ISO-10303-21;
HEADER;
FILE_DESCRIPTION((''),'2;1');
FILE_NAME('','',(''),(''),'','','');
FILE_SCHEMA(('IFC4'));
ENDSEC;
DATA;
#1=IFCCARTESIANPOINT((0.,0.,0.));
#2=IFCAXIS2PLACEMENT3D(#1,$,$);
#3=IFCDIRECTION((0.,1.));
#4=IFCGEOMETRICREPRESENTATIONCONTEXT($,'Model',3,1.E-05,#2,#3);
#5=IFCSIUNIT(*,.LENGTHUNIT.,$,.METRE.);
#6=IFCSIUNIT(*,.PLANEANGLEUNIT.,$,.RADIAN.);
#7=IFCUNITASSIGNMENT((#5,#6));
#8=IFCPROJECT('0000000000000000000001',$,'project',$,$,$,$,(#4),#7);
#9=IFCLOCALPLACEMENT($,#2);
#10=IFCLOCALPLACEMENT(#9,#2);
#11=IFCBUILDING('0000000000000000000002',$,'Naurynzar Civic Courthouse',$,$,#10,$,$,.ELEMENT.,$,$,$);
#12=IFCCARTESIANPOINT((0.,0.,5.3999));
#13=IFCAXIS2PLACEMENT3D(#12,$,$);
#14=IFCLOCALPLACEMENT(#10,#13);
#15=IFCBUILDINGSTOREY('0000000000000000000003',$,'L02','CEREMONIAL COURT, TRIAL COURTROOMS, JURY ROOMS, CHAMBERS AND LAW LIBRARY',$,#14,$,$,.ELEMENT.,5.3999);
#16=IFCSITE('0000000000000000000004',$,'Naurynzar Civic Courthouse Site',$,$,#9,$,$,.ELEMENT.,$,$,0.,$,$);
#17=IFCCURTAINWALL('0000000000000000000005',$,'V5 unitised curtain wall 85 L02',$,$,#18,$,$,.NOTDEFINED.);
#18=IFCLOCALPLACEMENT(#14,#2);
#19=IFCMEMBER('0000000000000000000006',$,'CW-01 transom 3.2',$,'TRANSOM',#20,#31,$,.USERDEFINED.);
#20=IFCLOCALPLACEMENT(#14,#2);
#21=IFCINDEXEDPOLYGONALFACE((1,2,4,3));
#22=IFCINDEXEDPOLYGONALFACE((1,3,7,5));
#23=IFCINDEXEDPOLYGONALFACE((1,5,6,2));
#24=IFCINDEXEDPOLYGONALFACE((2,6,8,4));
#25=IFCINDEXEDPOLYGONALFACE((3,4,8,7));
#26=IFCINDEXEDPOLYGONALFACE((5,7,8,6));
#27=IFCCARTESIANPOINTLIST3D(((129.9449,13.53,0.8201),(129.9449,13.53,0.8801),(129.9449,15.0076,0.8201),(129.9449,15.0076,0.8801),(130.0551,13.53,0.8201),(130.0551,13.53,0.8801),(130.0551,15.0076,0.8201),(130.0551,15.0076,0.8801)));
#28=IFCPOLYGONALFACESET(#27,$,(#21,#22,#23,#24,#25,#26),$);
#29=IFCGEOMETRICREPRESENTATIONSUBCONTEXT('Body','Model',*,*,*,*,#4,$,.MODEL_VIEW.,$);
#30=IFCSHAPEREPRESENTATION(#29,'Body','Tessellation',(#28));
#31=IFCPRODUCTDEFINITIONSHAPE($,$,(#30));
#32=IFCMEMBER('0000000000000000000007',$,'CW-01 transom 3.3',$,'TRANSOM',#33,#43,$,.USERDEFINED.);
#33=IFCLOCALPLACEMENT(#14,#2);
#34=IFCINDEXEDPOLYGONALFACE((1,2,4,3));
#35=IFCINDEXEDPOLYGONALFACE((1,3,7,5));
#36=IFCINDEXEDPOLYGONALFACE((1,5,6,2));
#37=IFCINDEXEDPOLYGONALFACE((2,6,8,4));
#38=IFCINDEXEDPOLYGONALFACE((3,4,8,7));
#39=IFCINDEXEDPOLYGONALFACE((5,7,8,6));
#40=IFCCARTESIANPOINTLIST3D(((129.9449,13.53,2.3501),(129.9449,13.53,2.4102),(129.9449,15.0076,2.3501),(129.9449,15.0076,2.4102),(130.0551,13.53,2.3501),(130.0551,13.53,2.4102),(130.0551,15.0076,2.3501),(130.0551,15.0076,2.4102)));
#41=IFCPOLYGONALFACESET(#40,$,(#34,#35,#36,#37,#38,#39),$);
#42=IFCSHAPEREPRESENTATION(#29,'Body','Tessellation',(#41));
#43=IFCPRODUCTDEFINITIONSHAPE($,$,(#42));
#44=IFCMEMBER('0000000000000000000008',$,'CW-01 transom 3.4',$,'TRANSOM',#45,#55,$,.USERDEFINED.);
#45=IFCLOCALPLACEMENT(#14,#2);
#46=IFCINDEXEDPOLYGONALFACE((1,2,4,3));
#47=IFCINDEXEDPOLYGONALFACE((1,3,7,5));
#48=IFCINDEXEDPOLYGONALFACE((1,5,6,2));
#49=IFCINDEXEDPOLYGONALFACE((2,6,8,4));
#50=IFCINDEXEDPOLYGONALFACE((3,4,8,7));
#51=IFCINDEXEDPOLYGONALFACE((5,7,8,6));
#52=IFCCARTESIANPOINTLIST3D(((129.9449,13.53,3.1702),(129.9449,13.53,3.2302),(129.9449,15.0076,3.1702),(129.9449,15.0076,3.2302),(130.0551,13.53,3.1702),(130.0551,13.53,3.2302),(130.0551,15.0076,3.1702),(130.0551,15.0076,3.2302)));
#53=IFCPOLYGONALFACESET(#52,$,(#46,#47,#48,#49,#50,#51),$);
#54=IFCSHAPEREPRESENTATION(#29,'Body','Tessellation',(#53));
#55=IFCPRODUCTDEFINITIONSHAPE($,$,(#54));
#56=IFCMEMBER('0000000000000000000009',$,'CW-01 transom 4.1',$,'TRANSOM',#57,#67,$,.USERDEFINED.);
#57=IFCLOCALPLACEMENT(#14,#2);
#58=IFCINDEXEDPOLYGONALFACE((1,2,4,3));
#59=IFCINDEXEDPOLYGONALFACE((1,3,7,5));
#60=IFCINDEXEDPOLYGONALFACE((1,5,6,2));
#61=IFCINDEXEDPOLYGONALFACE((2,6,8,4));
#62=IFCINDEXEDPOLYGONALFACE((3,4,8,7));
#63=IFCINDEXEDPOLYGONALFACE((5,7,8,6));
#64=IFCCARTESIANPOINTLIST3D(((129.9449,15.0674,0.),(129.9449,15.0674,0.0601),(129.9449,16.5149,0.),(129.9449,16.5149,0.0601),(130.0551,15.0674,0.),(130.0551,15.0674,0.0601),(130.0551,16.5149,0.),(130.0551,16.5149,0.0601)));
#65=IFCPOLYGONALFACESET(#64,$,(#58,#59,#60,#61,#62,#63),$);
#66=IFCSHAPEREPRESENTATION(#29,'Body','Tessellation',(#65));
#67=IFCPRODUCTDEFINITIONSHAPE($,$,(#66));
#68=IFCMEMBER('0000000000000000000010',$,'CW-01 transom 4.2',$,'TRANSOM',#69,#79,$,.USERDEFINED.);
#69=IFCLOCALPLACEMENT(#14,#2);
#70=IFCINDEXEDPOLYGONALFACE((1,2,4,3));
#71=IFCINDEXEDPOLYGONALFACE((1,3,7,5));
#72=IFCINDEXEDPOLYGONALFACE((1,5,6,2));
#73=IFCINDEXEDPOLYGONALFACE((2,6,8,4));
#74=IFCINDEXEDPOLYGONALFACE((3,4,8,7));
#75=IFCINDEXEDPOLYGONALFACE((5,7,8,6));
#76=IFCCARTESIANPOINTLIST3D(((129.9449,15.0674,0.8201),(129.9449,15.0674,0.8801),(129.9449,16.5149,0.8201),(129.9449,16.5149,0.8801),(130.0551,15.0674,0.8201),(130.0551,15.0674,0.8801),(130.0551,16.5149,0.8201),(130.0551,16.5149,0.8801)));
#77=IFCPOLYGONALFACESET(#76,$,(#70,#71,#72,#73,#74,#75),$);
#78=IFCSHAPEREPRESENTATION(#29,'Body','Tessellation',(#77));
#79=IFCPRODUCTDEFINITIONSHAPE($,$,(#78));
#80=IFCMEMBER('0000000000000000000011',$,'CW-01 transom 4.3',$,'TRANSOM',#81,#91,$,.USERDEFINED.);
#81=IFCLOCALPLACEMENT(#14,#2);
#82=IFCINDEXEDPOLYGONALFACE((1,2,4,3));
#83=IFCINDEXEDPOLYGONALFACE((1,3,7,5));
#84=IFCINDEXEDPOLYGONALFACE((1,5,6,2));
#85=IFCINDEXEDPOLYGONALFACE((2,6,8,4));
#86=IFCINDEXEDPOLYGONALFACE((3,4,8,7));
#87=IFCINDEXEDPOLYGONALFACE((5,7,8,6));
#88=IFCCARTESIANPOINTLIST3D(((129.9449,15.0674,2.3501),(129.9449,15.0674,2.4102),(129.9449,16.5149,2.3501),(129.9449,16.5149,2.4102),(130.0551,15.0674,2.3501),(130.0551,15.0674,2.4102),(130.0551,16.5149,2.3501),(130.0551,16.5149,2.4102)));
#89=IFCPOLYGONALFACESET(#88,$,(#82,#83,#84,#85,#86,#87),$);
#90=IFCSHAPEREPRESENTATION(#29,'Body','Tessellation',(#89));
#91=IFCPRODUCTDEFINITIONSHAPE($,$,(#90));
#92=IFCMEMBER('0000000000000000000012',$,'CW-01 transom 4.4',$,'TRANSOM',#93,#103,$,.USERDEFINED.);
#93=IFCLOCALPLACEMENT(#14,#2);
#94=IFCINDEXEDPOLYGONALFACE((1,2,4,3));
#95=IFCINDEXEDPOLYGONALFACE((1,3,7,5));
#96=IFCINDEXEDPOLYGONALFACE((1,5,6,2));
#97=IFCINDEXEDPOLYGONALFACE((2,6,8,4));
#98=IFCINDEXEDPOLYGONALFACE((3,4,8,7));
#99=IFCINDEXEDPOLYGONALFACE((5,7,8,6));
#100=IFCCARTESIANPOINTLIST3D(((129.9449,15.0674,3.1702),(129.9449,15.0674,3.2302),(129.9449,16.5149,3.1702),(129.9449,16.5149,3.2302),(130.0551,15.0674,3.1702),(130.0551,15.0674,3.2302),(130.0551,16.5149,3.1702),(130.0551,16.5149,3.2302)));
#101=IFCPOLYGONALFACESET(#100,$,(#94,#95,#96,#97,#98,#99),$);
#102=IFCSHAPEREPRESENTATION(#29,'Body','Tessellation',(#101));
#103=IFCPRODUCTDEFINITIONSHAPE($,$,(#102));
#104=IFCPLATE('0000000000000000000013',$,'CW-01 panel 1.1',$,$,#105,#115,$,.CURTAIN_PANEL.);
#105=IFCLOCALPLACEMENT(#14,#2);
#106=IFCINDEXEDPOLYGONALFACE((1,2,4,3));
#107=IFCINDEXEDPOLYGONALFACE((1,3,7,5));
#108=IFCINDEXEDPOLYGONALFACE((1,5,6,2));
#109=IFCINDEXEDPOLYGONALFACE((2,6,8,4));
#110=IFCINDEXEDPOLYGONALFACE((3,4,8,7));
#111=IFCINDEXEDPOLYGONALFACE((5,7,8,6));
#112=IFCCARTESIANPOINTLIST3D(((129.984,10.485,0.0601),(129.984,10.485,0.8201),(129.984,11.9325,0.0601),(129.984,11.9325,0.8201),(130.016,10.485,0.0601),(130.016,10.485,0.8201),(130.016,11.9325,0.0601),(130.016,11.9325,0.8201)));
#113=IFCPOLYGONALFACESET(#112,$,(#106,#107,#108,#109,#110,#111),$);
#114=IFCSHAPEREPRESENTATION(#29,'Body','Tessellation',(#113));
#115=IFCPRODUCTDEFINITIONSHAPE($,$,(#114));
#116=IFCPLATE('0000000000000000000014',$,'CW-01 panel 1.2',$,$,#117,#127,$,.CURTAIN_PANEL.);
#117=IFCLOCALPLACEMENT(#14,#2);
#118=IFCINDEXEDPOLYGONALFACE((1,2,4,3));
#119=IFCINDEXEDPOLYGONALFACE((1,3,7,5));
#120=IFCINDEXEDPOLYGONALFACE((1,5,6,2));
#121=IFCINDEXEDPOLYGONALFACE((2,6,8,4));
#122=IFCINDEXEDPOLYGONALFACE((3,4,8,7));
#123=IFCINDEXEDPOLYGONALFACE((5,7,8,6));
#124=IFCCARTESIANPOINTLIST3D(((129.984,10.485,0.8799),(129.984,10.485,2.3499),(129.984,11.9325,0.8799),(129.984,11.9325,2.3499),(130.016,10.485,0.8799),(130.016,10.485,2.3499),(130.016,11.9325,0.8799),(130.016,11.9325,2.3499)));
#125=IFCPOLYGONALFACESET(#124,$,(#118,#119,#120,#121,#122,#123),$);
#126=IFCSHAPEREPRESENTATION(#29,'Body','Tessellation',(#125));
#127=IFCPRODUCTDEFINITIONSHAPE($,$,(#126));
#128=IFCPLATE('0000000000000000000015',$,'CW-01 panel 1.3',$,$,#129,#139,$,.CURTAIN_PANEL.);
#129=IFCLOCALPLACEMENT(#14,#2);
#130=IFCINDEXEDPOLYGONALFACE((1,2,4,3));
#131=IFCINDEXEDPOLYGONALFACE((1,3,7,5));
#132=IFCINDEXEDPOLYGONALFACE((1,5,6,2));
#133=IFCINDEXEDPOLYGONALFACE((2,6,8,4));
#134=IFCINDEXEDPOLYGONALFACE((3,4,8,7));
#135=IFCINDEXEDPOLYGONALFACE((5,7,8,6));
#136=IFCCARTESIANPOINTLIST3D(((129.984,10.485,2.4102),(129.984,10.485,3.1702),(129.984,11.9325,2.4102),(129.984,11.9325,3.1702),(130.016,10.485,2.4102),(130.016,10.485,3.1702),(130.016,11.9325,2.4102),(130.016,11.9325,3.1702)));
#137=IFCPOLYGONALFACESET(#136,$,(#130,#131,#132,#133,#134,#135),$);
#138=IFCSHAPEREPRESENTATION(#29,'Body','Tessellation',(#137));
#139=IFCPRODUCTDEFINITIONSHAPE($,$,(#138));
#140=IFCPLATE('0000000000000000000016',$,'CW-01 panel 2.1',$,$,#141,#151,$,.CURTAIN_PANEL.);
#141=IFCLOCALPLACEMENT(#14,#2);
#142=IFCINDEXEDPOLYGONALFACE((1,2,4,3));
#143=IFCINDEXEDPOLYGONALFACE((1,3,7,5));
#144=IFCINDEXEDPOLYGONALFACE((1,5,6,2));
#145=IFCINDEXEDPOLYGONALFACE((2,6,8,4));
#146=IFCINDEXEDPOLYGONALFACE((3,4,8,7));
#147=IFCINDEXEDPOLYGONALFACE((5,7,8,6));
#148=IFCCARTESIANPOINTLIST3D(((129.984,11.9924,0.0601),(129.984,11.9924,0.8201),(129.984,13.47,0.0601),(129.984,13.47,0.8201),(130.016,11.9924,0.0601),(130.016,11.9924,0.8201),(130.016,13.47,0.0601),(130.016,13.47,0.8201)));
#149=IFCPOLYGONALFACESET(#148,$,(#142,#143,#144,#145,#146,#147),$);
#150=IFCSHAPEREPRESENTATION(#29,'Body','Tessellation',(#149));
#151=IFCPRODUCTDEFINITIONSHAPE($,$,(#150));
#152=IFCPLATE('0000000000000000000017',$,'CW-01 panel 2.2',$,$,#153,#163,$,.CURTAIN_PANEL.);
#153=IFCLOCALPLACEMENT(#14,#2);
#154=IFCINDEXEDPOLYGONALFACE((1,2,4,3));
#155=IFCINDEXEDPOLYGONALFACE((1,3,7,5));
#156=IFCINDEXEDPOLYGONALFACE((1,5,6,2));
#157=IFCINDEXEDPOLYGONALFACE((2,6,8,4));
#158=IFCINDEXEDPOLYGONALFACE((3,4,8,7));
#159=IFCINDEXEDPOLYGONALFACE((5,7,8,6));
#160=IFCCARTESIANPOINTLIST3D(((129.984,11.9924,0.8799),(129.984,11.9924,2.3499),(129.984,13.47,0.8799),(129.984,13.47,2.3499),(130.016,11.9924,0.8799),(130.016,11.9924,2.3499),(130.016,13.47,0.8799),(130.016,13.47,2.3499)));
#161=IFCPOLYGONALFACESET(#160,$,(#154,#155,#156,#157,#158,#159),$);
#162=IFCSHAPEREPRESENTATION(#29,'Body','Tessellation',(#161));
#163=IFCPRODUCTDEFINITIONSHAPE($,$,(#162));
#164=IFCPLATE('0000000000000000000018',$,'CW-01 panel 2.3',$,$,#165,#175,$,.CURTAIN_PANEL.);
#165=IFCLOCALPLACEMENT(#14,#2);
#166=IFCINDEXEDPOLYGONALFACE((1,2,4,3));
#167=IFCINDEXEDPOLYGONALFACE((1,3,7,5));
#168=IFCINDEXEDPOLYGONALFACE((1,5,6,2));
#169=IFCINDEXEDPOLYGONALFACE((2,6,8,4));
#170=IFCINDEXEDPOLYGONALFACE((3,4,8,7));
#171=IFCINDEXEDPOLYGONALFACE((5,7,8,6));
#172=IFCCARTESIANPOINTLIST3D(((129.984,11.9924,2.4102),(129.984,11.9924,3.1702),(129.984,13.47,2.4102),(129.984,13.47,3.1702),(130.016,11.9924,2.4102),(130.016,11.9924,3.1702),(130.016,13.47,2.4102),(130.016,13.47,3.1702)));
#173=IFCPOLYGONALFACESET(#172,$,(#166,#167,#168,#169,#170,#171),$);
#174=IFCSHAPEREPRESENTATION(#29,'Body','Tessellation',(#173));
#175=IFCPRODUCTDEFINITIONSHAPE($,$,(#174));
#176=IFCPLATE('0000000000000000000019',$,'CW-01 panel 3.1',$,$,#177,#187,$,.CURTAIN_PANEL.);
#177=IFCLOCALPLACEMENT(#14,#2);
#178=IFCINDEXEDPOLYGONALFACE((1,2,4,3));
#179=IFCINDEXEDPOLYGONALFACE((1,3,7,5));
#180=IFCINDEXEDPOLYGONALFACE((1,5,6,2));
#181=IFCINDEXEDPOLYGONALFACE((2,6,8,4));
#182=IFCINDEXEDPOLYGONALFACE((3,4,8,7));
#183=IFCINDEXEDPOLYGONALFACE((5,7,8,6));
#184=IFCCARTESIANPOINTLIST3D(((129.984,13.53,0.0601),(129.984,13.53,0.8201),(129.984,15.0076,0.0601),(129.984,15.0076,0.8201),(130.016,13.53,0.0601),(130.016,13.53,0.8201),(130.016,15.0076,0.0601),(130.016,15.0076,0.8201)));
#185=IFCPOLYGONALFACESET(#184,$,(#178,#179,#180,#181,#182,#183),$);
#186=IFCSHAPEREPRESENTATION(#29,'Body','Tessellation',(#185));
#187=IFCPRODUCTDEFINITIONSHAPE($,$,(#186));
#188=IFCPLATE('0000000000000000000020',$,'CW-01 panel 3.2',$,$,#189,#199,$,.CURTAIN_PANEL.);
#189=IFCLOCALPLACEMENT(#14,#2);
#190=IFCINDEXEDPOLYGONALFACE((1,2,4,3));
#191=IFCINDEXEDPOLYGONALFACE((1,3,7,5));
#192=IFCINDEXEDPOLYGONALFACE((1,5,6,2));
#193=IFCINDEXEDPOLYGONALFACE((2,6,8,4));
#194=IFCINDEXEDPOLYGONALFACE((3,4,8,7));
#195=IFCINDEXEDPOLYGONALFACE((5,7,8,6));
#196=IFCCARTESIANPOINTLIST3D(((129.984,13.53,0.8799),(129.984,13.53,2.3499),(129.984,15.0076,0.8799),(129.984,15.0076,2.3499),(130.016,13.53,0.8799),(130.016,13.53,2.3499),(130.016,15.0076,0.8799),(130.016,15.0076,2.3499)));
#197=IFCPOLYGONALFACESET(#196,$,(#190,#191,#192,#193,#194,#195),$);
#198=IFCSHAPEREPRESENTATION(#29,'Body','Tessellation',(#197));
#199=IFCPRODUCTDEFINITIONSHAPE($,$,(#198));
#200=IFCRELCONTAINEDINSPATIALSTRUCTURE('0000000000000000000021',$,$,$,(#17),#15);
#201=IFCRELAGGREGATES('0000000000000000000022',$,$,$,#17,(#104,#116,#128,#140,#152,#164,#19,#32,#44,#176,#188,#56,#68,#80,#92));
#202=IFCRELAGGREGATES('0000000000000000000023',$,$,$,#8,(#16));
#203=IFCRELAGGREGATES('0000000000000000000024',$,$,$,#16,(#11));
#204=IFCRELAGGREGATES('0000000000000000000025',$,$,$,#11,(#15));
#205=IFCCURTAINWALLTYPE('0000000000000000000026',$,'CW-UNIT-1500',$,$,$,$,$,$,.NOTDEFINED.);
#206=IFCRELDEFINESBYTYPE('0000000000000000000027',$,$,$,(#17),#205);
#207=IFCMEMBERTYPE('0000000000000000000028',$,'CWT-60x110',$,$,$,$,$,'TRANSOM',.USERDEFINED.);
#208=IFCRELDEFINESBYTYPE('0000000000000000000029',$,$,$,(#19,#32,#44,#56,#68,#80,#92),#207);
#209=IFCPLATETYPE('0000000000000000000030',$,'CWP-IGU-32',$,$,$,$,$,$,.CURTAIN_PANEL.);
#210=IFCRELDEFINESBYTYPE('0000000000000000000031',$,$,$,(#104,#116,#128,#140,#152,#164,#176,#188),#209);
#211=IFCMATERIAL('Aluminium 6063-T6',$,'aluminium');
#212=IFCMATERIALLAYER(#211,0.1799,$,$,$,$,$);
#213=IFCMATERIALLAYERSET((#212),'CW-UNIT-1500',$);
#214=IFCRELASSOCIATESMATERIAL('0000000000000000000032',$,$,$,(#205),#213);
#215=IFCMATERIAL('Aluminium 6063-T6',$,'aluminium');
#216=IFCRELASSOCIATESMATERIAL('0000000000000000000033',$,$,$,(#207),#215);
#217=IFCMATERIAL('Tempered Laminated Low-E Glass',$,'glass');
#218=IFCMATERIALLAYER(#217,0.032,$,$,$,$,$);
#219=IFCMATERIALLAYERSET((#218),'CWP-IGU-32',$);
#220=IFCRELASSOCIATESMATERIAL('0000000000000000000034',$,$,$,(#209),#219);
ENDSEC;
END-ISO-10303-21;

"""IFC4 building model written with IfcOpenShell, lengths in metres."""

from ifc_helpers import new_model, si_unit, direction, frame, origin, origin_2d, place, context, subcontext, project, spatial, rectangle, extrude, material, layer, layer_set, material_profile, profile_set, type_object, element, aggregate, save


model = new_model("IFC4")

# Units and contexts
model_context = context("Model", 3, precision=1e-05, world=origin(), true_north=direction((0.0, 1.0)))
body_context = subcontext(model_context, "Body", "Model", "MODEL_VIEW")
ifc_project = project(units=[si_unit("LENGTHUNIT", "METRE"), si_unit("PLANEANGLEUNIT", "RADIAN")], contexts=[model_context])

# Site, building, storey
site_placement = place(None, origin())
site = spatial("IfcSite", under=ifc_project, at=site_placement, Name="Naurynzar Civic Courthouse Site", CompositionType="ELEMENT", RefElevation=0.0)
building_placement = place(site_placement, origin())
building = spatial("IfcBuilding", under=site, at=building_placement, Name="Naurynzar Civic Courthouse", CompositionType="ELEMENT")
storey_placement = place(building_placement, frame((0.0, 0.0, 5.3999)))
storey = spatial("IfcBuildingStorey", under=building, at=storey_placement, Name="L02", Description="CEREMONIAL COURT, TRIAL COURTROOMS, JURY ROOMS, CHAMBERS AND LAW LIBRARY", CompositionType="ELEMENT", Elevation=5.3999)

# Curtain wall, members, plates
ifc_material_1 = material(Name="Aluminium 6063-T6", Category="aluminium")
ifc_layer_1 = layer(ifc_material_1, 0.1799)
ifc_layer_set_1 = layer_set([ifc_layer_1], Name="CW-UNIT-1500")
curtain_wall_type = type_object("IfcCurtainWallType", Name="CW-UNIT-1500", PredefinedType="NOTDEFINED", material=ifc_layer_set_1)
curtain_wall_placement = place(storey_placement, origin())
curtain_wall = element("IfcCurtainWall", 1, at=curtain_wall_placement, inside=storey, type_object=curtain_wall_type, Name="V5 unitised curtain wall 85 L02", PredefinedType="NOTDEFINED")
ifc_material_2 = material(Name="Aluminium 6063-T6", Category="aluminium")
ifc_material_profile_1 = material_profile(ifc_material_2, rectangle(XDim=0.1101, YDim=0.0601, at=origin_2d()), Name="ALU TRANSOM 60x110")
ifc_profile_set_1 = profile_set([ifc_material_profile_1], Name="Aluminium 6063-T6")
member_type_1 = type_object("IfcMemberType", Name="CWT-60x110", ElementType="TRANSOM", PredefinedType="USERDEFINED", material=ifc_profile_set_1)
member_1_placement = place(storey_placement, frame((130.0, 13.53, 0.8501), z_axis=(0.0, 1.0, 0.0), x_axis=(-1.0, 0.0, 0.0)))
member_1 = element("IfcMember", 2, at=member_1_placement, type_object=member_type_1, Name="CW-01 transom 3.2", ObjectType="TRANSOM", PredefinedType="USERDEFINED", context=body_context, shape_type="SweptSolid", body=[
    extrude(rectangle(XDim=0.1101, YDim=0.0601, at=origin_2d()), origin(), (0.0, 0.0, 1.0), 1.4775),
])
member_2_placement = place(storey_placement, frame((130.0, 13.53, 2.3801), z_axis=(0.0, 1.0, 0.0), x_axis=(-1.0, 0.0, 0.0)))
member_2 = element("IfcMember", 3, at=member_2_placement, type_object=member_type_1, Name="CW-01 transom 3.3", ObjectType="TRANSOM", PredefinedType="USERDEFINED", context=body_context, shape_type="SweptSolid", body=[
    extrude(rectangle(XDim=0.1101, YDim=0.0601, at=origin_2d()), origin(), (0.0, 0.0, 1.0), 1.4775),
])
member_3_placement = place(storey_placement, frame((130.0, 13.53, 3.2002), z_axis=(0.0, 1.0, 0.0), x_axis=(-1.0, 0.0, 0.0)))
member_3 = element("IfcMember", 4, at=member_3_placement, type_object=member_type_1, Name="CW-01 transom 3.4", ObjectType="TRANSOM", PredefinedType="USERDEFINED", context=body_context, shape_type="SweptSolid", body=[
    extrude(rectangle(XDim=0.1101, YDim=0.0601, at=origin_2d()), origin(), (0.0, 0.0, 1.0), 1.4775),
])
member_4_placement = place(storey_placement, frame((130.0, 15.0674, 0.03), z_axis=(0.0, 1.0, 0.0), x_axis=(-1.0, 0.0, 0.0)))
member_4 = element("IfcMember", 5, at=member_4_placement, type_object=member_type_1, Name="CW-01 transom 4.1", ObjectType="TRANSOM", PredefinedType="USERDEFINED", context=body_context, shape_type="SweptSolid", body=[
    extrude(rectangle(XDim=0.1101, YDim=0.0601, at=origin_2d()), origin(), (0.0, 0.0, 1.0), 1.4475),
])
member_5_placement = place(storey_placement, frame((130.0, 15.0674, 0.8501), z_axis=(0.0, 1.0, 0.0), x_axis=(-1.0, 0.0, 0.0)))
member_5 = element("IfcMember", 6, at=member_5_placement, type_object=member_type_1, Name="CW-01 transom 4.2", ObjectType="TRANSOM", PredefinedType="USERDEFINED", context=body_context, shape_type="SweptSolid", body=[
    extrude(rectangle(XDim=0.1101, YDim=0.0601, at=origin_2d()), origin(), (0.0, 0.0, 1.0), 1.4475),
])
member_6_placement = place(storey_placement, frame((130.0, 15.0674, 2.3801), z_axis=(0.0, 1.0, 0.0), x_axis=(-1.0, 0.0, 0.0)))
member_6 = element("IfcMember", 7, at=member_6_placement, type_object=member_type_1, Name="CW-01 transom 4.3", ObjectType="TRANSOM", PredefinedType="USERDEFINED", context=body_context, shape_type="SweptSolid", body=[
    extrude(rectangle(XDim=0.1101, YDim=0.0601, at=origin_2d()), origin(), (0.0, 0.0, 1.0), 1.4475),
])
member_7_placement = place(storey_placement, frame((130.0, 15.0674, 3.2002), z_axis=(0.0, 1.0, 0.0), x_axis=(-1.0, 0.0, 0.0)))
member_7 = element("IfcMember", 8, at=member_7_placement, type_object=member_type_1, Name="CW-01 transom 4.4", ObjectType="TRANSOM", PredefinedType="USERDEFINED", context=body_context, shape_type="SweptSolid", body=[
    extrude(rectangle(XDim=0.1101, YDim=0.0601, at=origin_2d()), origin(), (0.0, 0.0, 1.0), 1.4475),
])
ifc_material_3 = material(Name="Tempered Laminated Low-E Glass", Category="glass")
ifc_layer_2 = layer(ifc_material_3, 0.032)
ifc_layer_set_2 = layer_set([ifc_layer_2], Name="CWP-IGU-32")
plate_type = type_object("IfcPlateType", Name="CWP-IGU-32", PredefinedType="CURTAIN_PANEL", material=ifc_layer_set_2)
plate_1_placement = place(storey_placement, frame((130.0, 11.2087, 0.0601), z_axis=(0.0, 0.0, 1.0), x_axis=(0.0, 1.0, 0.0)))
plate_1 = element("IfcPlate", 9, at=plate_1_placement, type_object=plate_type, Name="CW-01 panel 1.1", PredefinedType="CURTAIN_PANEL", context=body_context, shape_type="SweptSolid", body=[
    extrude(rectangle(XDim=1.4475, YDim=0.032, at=origin_2d()), origin(), (0.0, 0.0, 1.0), 0.76),
])
plate_2_placement = place(storey_placement, frame((130.0, 11.2087, 0.8799), z_axis=(0.0, 0.0, 1.0), x_axis=(0.0, 1.0, 0.0)))
plate_2 = element("IfcPlate", 10, at=plate_2_placement, type_object=plate_type, Name="CW-01 panel 1.2", PredefinedType="CURTAIN_PANEL", context=body_context, shape_type="SweptSolid", body=[
    extrude(rectangle(XDim=1.4475, YDim=0.032, at=origin_2d()), origin(), (0.0, 0.0, 1.0), 1.47),
])
plate_3_placement = place(storey_placement, frame((130.0, 11.2087, 2.4102), z_axis=(0.0, 0.0, 1.0), x_axis=(0.0, 1.0, 0.0)))
plate_3 = element("IfcPlate", 11, at=plate_3_placement, type_object=plate_type, Name="CW-01 panel 1.3", PredefinedType="CURTAIN_PANEL", context=body_context, shape_type="SweptSolid", body=[
    extrude(rectangle(XDim=1.4475, YDim=0.032, at=origin_2d()), origin(), (0.0, 0.0, 1.0), 0.76),
])
plate_4_placement = place(storey_placement, frame((130.0, 12.7312, 0.0601), z_axis=(0.0, 0.0, 1.0), x_axis=(0.0, 1.0, 0.0)))
plate_4 = element("IfcPlate", 12, at=plate_4_placement, type_object=plate_type, Name="CW-01 panel 2.1", PredefinedType="CURTAIN_PANEL", context=body_context, shape_type="SweptSolid", body=[
    extrude(rectangle(XDim=1.4775, YDim=0.032, at=origin_2d()), origin(), (0.0, 0.0, 1.0), 0.76),
])
plate_5_placement = place(storey_placement, frame((130.0, 12.7312, 0.8799), z_axis=(0.0, 0.0, 1.0), x_axis=(0.0, 1.0, 0.0)))
plate_5 = element("IfcPlate", 13, at=plate_5_placement, type_object=plate_type, Name="CW-01 panel 2.2", PredefinedType="CURTAIN_PANEL", context=body_context, shape_type="SweptSolid", body=[
    extrude(rectangle(XDim=1.4775, YDim=0.032, at=origin_2d()), origin(), (0.0, 0.0, 1.0), 1.47),
])
plate_6_placement = place(storey_placement, frame((130.0, 12.7312, 2.4102), z_axis=(0.0, 0.0, 1.0), x_axis=(0.0, 1.0, 0.0)))
plate_6 = element("IfcPlate", 14, at=plate_6_placement, type_object=plate_type, Name="CW-01 panel 2.3", PredefinedType="CURTAIN_PANEL", context=body_context, shape_type="SweptSolid", body=[
    extrude(rectangle(XDim=1.4775, YDim=0.032, at=origin_2d()), origin(), (0.0, 0.0, 1.0), 0.76),
])
plate_7_placement = place(storey_placement, frame((130.0, 14.2688, 0.0601), z_axis=(0.0, 0.0, 1.0), x_axis=(0.0, 1.0, 0.0)))
plate_7 = element("IfcPlate", 15, at=plate_7_placement, type_object=plate_type, Name="CW-01 panel 3.1", PredefinedType="CURTAIN_PANEL", context=body_context, shape_type="SweptSolid", body=[
    extrude(rectangle(XDim=1.4775, YDim=0.032, at=origin_2d()), origin(), (0.0, 0.0, 1.0), 0.76),
])
plate_8_placement = place(storey_placement, frame((130.0, 14.2688, 0.8799), z_axis=(0.0, 0.0, 1.0), x_axis=(0.0, 1.0, 0.0)))
plate_8 = element("IfcPlate", 16, at=plate_8_placement, type_object=plate_type, Name="CW-01 panel 3.2", PredefinedType="CURTAIN_PANEL", context=body_context, shape_type="SweptSolid", body=[
    extrude(rectangle(XDim=1.4775, YDim=0.032, at=origin_2d()), origin(), (0.0, 0.0, 1.0), 1.47),
])
aggregate(curtain_wall, [plate_1, plate_2, plate_3, plate_4, plate_5, plate_6, member_1, member_2, member_3, plate_7, plate_8, member_4, member_5, member_6, member_7])

save(model, "model.ifc")
